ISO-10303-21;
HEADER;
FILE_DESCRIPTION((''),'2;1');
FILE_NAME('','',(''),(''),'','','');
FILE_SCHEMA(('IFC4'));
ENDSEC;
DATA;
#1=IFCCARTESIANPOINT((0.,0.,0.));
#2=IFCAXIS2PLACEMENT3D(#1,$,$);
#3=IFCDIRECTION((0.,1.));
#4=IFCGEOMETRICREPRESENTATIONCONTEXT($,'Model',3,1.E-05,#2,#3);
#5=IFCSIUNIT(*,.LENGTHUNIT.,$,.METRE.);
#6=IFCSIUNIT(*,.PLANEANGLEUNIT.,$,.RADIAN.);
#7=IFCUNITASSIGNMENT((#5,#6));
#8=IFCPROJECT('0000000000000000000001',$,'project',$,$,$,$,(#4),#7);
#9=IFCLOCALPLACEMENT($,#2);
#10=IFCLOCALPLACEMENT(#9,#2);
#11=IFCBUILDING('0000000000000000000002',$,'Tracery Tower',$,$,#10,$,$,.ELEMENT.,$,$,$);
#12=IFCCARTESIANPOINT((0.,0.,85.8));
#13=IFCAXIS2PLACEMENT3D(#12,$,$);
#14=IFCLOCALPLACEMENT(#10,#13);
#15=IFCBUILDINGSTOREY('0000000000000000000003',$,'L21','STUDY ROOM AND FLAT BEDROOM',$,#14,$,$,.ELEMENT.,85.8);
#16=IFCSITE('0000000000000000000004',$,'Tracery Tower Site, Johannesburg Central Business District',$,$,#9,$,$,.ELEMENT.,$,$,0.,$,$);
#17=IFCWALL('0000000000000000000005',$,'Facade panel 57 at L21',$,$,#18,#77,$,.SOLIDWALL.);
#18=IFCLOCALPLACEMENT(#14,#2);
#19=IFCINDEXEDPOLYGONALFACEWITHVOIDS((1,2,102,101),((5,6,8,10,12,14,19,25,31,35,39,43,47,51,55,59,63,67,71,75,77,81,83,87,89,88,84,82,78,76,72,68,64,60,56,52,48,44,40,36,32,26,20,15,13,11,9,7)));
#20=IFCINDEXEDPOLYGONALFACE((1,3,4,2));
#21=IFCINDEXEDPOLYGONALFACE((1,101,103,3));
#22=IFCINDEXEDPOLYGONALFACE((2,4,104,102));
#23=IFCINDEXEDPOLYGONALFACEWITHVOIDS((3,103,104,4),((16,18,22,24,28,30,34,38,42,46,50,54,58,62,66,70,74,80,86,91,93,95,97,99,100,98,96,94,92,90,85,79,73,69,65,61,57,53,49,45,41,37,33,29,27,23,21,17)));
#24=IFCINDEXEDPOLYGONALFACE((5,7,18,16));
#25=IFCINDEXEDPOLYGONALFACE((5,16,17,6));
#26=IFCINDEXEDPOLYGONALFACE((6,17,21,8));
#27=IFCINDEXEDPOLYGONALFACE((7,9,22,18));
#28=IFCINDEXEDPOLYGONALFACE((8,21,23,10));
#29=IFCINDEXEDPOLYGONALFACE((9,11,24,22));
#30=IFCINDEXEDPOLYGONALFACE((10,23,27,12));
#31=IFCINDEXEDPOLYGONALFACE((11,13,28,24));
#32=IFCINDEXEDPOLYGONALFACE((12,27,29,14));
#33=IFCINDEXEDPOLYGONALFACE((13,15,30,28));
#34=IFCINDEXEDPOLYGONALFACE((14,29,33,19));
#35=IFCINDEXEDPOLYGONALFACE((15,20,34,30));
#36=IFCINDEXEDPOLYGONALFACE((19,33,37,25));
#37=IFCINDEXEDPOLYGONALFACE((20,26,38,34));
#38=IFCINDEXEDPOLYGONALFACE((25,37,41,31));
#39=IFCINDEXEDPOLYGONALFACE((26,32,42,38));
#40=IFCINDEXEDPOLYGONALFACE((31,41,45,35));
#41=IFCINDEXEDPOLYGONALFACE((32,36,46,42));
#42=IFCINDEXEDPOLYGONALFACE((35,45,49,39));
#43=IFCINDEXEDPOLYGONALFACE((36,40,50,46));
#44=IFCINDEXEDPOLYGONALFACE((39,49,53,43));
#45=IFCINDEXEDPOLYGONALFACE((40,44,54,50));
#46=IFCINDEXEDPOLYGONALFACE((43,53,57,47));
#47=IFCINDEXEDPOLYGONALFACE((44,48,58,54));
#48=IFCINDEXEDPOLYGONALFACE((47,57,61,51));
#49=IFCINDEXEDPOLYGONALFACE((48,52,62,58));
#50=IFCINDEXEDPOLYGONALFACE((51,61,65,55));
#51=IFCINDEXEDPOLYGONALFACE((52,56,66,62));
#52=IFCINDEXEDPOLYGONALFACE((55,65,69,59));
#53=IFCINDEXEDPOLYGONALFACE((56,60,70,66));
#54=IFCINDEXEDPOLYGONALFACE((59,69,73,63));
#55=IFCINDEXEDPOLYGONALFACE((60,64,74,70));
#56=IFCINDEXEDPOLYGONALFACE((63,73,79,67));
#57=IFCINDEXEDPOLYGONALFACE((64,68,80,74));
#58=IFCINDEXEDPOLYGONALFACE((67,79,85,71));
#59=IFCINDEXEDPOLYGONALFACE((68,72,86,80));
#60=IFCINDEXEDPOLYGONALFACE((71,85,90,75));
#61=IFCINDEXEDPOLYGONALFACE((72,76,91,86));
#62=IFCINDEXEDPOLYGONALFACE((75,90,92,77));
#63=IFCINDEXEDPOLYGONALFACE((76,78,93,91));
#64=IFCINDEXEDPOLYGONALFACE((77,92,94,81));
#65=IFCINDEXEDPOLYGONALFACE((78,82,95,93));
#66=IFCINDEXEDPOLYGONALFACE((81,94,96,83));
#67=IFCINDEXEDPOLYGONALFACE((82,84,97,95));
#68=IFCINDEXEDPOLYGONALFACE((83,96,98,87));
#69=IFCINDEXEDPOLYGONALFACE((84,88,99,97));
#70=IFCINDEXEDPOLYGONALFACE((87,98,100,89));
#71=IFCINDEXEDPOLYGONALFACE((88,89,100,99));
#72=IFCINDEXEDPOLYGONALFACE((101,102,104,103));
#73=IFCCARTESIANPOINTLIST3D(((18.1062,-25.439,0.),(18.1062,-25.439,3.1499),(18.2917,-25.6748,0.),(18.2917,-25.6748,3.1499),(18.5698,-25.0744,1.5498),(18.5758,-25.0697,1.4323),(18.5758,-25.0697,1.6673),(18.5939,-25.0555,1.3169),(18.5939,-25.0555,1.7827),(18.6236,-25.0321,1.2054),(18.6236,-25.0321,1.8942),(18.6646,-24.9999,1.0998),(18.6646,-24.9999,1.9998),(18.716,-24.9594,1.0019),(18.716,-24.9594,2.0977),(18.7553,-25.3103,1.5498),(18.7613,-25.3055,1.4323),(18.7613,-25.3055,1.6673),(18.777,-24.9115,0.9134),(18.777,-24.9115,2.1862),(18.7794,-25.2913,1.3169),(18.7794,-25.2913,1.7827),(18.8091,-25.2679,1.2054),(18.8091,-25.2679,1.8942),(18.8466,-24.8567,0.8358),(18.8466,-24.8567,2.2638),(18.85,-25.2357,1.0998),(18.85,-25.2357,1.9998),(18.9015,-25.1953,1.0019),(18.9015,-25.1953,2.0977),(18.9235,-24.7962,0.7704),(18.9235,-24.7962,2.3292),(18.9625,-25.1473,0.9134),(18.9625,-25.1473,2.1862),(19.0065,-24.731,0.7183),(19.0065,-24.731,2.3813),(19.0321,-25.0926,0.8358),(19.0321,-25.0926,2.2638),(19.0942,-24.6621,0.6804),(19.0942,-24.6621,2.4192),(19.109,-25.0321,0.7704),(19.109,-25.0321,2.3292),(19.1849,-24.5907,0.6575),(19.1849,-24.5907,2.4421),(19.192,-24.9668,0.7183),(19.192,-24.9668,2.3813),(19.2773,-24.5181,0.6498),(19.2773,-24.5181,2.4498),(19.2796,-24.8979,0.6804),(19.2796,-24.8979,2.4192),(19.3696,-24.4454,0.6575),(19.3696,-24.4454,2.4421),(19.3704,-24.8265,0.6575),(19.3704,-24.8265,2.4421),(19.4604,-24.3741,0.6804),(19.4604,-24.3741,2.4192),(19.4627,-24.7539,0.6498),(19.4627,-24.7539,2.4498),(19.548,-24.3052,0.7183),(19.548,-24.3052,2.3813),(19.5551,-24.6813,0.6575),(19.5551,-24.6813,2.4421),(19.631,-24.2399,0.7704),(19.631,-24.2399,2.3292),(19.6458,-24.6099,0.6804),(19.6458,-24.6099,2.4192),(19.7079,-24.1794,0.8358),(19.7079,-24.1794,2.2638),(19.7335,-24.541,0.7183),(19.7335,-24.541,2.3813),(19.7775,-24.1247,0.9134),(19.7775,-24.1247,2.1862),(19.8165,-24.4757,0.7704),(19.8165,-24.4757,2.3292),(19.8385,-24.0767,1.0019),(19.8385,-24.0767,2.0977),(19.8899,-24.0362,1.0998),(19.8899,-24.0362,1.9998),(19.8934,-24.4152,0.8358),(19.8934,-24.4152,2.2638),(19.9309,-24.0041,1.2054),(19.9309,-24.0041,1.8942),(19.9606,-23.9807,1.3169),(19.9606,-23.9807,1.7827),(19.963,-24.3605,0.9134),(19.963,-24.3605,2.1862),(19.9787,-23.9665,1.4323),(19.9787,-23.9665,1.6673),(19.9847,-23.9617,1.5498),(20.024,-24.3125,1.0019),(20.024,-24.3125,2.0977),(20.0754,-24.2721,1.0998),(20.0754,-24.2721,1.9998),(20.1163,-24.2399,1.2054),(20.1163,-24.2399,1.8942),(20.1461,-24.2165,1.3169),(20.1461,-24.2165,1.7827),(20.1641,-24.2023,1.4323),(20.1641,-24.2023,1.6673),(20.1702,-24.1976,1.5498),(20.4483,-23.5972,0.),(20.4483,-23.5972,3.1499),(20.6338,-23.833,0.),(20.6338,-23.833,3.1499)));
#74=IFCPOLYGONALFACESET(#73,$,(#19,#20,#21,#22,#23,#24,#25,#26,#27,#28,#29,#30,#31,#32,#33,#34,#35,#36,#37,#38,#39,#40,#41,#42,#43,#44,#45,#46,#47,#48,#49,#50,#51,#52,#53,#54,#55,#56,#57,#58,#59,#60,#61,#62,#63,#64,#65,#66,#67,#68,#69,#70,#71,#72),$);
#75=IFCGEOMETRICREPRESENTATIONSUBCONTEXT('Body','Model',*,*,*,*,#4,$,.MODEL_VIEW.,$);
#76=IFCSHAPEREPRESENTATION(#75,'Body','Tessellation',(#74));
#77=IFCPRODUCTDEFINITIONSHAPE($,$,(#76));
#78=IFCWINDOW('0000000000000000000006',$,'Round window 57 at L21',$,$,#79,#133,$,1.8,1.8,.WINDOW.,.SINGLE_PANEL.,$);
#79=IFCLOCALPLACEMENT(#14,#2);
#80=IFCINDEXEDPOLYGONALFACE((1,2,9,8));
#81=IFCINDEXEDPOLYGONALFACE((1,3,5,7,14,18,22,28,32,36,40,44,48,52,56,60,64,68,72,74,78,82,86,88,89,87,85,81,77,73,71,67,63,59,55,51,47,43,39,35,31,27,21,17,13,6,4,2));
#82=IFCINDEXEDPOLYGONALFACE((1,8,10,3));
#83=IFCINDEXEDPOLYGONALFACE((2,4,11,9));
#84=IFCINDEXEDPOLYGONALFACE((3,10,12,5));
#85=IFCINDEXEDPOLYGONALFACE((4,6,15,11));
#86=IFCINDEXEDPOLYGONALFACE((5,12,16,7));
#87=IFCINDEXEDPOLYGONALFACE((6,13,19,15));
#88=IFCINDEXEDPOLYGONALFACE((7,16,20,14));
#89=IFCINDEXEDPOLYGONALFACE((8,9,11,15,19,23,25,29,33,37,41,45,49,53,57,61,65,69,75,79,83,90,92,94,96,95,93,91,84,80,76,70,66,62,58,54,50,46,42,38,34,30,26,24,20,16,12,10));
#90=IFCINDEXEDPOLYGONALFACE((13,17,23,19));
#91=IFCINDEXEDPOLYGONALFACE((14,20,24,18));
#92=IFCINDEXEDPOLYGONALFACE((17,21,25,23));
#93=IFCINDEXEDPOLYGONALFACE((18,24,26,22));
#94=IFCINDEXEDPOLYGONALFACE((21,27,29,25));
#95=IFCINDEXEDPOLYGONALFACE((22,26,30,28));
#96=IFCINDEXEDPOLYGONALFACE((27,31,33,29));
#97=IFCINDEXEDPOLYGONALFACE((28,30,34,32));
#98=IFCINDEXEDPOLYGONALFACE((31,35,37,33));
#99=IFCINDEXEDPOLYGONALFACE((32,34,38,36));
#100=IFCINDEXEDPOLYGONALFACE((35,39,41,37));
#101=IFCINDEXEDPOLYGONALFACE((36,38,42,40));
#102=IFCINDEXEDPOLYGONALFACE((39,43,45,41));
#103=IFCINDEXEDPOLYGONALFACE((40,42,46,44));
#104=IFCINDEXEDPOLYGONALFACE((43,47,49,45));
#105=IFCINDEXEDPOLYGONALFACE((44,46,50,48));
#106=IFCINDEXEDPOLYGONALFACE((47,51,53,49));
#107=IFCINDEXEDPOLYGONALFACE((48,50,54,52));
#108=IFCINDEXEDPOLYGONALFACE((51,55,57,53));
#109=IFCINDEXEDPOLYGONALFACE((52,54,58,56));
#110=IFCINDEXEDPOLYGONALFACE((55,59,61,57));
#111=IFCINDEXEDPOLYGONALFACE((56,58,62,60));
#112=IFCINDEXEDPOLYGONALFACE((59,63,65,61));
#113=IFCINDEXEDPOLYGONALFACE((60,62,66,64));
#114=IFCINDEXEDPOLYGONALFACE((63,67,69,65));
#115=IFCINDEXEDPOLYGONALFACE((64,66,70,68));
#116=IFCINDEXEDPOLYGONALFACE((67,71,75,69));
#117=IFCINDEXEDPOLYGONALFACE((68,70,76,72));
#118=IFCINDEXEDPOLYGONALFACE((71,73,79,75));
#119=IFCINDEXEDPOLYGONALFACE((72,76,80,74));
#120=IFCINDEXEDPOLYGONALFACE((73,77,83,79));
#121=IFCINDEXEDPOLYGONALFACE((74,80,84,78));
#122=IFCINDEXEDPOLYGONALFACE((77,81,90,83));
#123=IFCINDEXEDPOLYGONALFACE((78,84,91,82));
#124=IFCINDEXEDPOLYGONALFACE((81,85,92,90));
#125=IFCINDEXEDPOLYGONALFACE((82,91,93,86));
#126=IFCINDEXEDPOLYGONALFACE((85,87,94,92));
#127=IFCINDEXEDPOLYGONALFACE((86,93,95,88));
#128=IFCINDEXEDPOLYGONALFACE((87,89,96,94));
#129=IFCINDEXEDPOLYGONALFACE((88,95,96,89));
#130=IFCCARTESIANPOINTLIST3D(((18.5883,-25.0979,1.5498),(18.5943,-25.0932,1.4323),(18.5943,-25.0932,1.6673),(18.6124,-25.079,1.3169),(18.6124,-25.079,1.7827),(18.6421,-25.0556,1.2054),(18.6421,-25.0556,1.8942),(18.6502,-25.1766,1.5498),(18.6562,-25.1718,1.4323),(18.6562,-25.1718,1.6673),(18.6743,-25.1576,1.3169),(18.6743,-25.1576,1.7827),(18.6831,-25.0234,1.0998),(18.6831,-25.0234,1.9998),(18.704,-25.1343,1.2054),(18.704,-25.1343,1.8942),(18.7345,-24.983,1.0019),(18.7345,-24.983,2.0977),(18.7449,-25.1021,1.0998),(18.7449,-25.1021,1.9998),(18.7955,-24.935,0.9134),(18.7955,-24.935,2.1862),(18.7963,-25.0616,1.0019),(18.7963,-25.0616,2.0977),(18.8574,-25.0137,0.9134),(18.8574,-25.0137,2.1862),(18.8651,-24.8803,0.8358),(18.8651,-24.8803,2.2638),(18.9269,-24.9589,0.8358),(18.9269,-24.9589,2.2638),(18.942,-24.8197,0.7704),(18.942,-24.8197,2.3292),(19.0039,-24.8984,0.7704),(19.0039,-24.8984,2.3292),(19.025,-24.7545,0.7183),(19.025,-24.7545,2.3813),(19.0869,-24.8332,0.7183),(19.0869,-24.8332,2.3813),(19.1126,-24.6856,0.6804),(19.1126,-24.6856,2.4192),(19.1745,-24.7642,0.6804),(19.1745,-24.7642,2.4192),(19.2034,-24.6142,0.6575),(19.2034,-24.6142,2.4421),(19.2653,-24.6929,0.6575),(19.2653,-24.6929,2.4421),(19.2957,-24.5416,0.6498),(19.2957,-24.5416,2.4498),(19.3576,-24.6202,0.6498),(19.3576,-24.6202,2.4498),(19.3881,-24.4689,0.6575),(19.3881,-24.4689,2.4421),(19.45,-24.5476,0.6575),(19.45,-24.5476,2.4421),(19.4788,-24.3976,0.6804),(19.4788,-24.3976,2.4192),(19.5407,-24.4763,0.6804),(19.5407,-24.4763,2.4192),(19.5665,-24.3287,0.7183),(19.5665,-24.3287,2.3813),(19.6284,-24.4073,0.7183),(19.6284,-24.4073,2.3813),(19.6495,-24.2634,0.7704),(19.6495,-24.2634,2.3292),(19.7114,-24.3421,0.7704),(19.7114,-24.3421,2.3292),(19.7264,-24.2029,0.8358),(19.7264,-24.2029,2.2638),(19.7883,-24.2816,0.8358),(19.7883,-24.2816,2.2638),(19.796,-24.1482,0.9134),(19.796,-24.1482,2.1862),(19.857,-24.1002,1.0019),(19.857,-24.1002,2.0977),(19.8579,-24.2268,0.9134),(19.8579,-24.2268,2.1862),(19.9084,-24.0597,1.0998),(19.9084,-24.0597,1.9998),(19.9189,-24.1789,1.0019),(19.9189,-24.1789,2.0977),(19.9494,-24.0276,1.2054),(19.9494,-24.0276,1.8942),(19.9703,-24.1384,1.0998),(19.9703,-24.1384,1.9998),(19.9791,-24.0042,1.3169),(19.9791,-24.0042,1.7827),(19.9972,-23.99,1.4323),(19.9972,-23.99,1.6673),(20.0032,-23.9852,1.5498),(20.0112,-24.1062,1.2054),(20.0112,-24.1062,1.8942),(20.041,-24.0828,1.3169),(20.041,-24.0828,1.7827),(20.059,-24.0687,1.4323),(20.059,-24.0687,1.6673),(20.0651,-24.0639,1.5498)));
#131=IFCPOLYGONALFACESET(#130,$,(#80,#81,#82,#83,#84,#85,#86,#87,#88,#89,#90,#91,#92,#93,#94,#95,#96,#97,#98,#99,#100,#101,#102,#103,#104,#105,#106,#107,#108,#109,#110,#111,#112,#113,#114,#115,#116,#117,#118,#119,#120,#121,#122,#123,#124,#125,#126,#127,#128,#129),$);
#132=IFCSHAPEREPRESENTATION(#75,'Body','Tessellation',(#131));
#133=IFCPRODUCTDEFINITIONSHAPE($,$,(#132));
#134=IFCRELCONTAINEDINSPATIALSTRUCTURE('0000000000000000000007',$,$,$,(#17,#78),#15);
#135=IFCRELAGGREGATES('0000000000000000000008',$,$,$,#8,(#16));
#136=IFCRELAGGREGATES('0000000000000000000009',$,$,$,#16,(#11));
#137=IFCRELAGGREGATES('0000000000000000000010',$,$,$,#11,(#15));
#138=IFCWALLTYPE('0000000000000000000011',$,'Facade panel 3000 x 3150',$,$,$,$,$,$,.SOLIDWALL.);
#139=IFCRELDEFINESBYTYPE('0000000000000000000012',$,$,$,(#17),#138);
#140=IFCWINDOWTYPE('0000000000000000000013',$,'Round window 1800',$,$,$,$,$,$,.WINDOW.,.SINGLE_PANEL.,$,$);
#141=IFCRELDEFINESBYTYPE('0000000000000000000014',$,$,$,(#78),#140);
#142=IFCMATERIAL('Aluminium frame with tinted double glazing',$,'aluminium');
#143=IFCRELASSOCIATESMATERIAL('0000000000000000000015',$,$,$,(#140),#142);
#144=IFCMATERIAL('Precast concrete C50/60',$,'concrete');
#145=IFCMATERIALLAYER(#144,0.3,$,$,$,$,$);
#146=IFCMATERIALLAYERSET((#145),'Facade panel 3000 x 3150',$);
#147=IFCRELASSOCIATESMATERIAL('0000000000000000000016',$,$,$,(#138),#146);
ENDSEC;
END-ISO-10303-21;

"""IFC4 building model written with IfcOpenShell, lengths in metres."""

from ifc_helpers import new_model, si_unit, direction, frame, frame_2d, origin, origin_2d, place, context, subcontext, project, spatial, rectangle, circle, extrude, material, layer, layer_set, type_object, element, fill, save


model = new_model("IFC4")

# Units and contexts
model_context = context("Model", 3, precision=1e-05, world=origin(), true_north=direction((0.0, 1.0)))
body_context = subcontext(model_context, "Body", "Model", "MODEL_VIEW")
ifc_project = project(units=[si_unit("LENGTHUNIT", "METRE"), si_unit("PLANEANGLEUNIT", "RADIAN")], contexts=[model_context])

# Site, building, storey
site_placement = place(None, origin())
site = spatial("IfcSite", under=ifc_project, at=site_placement, Name="Tracery Tower Site, Johannesburg Central Business District", CompositionType="ELEMENT", RefElevation=0.0)
building_placement = place(site_placement, origin())
building = spatial("IfcBuilding", under=site, at=building_placement, Name="Tracery Tower", CompositionType="ELEMENT")
storey_placement = place(building_placement, frame((0.0, 0.0, 85.8)))
storey = spatial("IfcBuildingStorey", under=building, at=storey_placement, Name="L21", Description="STUDY ROOM AND FLAT BEDROOM", CompositionType="ELEMENT", Elevation=85.8)

# Wall, opening, window
ifc_material_1 = material(Name="Aluminium frame with tinted double glazing", Category="aluminium")
window_type = type_object("IfcWindowType", Name="Round window 1800", PartitioningType="SINGLE_PANEL", PredefinedType="WINDOW", material=ifc_material_1)
ifc_material_2 = material(Name="Precast concrete C50/60", Category="concrete")
ifc_layer_1 = layer(ifc_material_2, 0.3)
ifc_layer_set_1 = layer_set([ifc_layer_1], Name="Facade panel 3000 x 3150")
wall_type_1 = type_object("IfcWallType", Name="Facade panel 3000 x 3150", PredefinedType="SOLIDWALL", material=ifc_layer_set_1)
wall_1_placement = place(storey_placement, frame((18.199, -25.5569, 0.0), z_axis=(0.0, 0.0, 1.0), x_axis=(0.786054, 0.618158, 0.0)))
wall_1 = element("IfcWall", 1, at=wall_1_placement, inside=storey, type_object=wall_type_1, Name="Facade panel 57 at L21", PredefinedType="SOLIDWALL", context=body_context, shape_type="SweptSolid", body=[
    extrude(rectangle(XDim=2.9795, YDim=0.3, at=frame_2d((1.4897, 0.0))), origin(), (0.0, 0.0, 1.0), 3.1499),
])
opening_1_placement = place(wall_1_placement, frame((1.4897, 0.0, 1.5498)))
opening_1 = element("IfcOpeningElement", 2, at=opening_1_placement, cuts=wall_1, PredefinedType="OPENING", context=body_context, shape_type="SweptSolid", body=[
    extrude(circle(Radius=0.9, at=origin_2d()), frame((0.0, 0.1599, 0.0), z_axis=(0.0, -1.0, 0.0), x_axis=(1.0, 0.0, 0.0)), (0.0, 0.0, 1.0), 0.3201),
])
window_1_placement = place(opening_1_placement, origin())
window_1 = element("IfcWindow", 3, at=window_1_placement, inside=storey, type_object=window_type, Name="Round window 57 at L21", OverallHeight=1.8, OverallWidth=1.8, PartitioningType="SINGLE_PANEL", PredefinedType="WINDOW", context=body_context, shape_type="SweptSolid", body=[
    extrude(circle(Radius=0.9, at=origin_2d()), frame((0.0, 0.1201, 0.0), z_axis=(0.0, -1.0, 0.0), x_axis=(1.0, 0.0, 0.0)), (0.0, 0.0, 1.0), 0.1001),
])
fill(opening_1, window_1)

save(model, "model.ifc")
